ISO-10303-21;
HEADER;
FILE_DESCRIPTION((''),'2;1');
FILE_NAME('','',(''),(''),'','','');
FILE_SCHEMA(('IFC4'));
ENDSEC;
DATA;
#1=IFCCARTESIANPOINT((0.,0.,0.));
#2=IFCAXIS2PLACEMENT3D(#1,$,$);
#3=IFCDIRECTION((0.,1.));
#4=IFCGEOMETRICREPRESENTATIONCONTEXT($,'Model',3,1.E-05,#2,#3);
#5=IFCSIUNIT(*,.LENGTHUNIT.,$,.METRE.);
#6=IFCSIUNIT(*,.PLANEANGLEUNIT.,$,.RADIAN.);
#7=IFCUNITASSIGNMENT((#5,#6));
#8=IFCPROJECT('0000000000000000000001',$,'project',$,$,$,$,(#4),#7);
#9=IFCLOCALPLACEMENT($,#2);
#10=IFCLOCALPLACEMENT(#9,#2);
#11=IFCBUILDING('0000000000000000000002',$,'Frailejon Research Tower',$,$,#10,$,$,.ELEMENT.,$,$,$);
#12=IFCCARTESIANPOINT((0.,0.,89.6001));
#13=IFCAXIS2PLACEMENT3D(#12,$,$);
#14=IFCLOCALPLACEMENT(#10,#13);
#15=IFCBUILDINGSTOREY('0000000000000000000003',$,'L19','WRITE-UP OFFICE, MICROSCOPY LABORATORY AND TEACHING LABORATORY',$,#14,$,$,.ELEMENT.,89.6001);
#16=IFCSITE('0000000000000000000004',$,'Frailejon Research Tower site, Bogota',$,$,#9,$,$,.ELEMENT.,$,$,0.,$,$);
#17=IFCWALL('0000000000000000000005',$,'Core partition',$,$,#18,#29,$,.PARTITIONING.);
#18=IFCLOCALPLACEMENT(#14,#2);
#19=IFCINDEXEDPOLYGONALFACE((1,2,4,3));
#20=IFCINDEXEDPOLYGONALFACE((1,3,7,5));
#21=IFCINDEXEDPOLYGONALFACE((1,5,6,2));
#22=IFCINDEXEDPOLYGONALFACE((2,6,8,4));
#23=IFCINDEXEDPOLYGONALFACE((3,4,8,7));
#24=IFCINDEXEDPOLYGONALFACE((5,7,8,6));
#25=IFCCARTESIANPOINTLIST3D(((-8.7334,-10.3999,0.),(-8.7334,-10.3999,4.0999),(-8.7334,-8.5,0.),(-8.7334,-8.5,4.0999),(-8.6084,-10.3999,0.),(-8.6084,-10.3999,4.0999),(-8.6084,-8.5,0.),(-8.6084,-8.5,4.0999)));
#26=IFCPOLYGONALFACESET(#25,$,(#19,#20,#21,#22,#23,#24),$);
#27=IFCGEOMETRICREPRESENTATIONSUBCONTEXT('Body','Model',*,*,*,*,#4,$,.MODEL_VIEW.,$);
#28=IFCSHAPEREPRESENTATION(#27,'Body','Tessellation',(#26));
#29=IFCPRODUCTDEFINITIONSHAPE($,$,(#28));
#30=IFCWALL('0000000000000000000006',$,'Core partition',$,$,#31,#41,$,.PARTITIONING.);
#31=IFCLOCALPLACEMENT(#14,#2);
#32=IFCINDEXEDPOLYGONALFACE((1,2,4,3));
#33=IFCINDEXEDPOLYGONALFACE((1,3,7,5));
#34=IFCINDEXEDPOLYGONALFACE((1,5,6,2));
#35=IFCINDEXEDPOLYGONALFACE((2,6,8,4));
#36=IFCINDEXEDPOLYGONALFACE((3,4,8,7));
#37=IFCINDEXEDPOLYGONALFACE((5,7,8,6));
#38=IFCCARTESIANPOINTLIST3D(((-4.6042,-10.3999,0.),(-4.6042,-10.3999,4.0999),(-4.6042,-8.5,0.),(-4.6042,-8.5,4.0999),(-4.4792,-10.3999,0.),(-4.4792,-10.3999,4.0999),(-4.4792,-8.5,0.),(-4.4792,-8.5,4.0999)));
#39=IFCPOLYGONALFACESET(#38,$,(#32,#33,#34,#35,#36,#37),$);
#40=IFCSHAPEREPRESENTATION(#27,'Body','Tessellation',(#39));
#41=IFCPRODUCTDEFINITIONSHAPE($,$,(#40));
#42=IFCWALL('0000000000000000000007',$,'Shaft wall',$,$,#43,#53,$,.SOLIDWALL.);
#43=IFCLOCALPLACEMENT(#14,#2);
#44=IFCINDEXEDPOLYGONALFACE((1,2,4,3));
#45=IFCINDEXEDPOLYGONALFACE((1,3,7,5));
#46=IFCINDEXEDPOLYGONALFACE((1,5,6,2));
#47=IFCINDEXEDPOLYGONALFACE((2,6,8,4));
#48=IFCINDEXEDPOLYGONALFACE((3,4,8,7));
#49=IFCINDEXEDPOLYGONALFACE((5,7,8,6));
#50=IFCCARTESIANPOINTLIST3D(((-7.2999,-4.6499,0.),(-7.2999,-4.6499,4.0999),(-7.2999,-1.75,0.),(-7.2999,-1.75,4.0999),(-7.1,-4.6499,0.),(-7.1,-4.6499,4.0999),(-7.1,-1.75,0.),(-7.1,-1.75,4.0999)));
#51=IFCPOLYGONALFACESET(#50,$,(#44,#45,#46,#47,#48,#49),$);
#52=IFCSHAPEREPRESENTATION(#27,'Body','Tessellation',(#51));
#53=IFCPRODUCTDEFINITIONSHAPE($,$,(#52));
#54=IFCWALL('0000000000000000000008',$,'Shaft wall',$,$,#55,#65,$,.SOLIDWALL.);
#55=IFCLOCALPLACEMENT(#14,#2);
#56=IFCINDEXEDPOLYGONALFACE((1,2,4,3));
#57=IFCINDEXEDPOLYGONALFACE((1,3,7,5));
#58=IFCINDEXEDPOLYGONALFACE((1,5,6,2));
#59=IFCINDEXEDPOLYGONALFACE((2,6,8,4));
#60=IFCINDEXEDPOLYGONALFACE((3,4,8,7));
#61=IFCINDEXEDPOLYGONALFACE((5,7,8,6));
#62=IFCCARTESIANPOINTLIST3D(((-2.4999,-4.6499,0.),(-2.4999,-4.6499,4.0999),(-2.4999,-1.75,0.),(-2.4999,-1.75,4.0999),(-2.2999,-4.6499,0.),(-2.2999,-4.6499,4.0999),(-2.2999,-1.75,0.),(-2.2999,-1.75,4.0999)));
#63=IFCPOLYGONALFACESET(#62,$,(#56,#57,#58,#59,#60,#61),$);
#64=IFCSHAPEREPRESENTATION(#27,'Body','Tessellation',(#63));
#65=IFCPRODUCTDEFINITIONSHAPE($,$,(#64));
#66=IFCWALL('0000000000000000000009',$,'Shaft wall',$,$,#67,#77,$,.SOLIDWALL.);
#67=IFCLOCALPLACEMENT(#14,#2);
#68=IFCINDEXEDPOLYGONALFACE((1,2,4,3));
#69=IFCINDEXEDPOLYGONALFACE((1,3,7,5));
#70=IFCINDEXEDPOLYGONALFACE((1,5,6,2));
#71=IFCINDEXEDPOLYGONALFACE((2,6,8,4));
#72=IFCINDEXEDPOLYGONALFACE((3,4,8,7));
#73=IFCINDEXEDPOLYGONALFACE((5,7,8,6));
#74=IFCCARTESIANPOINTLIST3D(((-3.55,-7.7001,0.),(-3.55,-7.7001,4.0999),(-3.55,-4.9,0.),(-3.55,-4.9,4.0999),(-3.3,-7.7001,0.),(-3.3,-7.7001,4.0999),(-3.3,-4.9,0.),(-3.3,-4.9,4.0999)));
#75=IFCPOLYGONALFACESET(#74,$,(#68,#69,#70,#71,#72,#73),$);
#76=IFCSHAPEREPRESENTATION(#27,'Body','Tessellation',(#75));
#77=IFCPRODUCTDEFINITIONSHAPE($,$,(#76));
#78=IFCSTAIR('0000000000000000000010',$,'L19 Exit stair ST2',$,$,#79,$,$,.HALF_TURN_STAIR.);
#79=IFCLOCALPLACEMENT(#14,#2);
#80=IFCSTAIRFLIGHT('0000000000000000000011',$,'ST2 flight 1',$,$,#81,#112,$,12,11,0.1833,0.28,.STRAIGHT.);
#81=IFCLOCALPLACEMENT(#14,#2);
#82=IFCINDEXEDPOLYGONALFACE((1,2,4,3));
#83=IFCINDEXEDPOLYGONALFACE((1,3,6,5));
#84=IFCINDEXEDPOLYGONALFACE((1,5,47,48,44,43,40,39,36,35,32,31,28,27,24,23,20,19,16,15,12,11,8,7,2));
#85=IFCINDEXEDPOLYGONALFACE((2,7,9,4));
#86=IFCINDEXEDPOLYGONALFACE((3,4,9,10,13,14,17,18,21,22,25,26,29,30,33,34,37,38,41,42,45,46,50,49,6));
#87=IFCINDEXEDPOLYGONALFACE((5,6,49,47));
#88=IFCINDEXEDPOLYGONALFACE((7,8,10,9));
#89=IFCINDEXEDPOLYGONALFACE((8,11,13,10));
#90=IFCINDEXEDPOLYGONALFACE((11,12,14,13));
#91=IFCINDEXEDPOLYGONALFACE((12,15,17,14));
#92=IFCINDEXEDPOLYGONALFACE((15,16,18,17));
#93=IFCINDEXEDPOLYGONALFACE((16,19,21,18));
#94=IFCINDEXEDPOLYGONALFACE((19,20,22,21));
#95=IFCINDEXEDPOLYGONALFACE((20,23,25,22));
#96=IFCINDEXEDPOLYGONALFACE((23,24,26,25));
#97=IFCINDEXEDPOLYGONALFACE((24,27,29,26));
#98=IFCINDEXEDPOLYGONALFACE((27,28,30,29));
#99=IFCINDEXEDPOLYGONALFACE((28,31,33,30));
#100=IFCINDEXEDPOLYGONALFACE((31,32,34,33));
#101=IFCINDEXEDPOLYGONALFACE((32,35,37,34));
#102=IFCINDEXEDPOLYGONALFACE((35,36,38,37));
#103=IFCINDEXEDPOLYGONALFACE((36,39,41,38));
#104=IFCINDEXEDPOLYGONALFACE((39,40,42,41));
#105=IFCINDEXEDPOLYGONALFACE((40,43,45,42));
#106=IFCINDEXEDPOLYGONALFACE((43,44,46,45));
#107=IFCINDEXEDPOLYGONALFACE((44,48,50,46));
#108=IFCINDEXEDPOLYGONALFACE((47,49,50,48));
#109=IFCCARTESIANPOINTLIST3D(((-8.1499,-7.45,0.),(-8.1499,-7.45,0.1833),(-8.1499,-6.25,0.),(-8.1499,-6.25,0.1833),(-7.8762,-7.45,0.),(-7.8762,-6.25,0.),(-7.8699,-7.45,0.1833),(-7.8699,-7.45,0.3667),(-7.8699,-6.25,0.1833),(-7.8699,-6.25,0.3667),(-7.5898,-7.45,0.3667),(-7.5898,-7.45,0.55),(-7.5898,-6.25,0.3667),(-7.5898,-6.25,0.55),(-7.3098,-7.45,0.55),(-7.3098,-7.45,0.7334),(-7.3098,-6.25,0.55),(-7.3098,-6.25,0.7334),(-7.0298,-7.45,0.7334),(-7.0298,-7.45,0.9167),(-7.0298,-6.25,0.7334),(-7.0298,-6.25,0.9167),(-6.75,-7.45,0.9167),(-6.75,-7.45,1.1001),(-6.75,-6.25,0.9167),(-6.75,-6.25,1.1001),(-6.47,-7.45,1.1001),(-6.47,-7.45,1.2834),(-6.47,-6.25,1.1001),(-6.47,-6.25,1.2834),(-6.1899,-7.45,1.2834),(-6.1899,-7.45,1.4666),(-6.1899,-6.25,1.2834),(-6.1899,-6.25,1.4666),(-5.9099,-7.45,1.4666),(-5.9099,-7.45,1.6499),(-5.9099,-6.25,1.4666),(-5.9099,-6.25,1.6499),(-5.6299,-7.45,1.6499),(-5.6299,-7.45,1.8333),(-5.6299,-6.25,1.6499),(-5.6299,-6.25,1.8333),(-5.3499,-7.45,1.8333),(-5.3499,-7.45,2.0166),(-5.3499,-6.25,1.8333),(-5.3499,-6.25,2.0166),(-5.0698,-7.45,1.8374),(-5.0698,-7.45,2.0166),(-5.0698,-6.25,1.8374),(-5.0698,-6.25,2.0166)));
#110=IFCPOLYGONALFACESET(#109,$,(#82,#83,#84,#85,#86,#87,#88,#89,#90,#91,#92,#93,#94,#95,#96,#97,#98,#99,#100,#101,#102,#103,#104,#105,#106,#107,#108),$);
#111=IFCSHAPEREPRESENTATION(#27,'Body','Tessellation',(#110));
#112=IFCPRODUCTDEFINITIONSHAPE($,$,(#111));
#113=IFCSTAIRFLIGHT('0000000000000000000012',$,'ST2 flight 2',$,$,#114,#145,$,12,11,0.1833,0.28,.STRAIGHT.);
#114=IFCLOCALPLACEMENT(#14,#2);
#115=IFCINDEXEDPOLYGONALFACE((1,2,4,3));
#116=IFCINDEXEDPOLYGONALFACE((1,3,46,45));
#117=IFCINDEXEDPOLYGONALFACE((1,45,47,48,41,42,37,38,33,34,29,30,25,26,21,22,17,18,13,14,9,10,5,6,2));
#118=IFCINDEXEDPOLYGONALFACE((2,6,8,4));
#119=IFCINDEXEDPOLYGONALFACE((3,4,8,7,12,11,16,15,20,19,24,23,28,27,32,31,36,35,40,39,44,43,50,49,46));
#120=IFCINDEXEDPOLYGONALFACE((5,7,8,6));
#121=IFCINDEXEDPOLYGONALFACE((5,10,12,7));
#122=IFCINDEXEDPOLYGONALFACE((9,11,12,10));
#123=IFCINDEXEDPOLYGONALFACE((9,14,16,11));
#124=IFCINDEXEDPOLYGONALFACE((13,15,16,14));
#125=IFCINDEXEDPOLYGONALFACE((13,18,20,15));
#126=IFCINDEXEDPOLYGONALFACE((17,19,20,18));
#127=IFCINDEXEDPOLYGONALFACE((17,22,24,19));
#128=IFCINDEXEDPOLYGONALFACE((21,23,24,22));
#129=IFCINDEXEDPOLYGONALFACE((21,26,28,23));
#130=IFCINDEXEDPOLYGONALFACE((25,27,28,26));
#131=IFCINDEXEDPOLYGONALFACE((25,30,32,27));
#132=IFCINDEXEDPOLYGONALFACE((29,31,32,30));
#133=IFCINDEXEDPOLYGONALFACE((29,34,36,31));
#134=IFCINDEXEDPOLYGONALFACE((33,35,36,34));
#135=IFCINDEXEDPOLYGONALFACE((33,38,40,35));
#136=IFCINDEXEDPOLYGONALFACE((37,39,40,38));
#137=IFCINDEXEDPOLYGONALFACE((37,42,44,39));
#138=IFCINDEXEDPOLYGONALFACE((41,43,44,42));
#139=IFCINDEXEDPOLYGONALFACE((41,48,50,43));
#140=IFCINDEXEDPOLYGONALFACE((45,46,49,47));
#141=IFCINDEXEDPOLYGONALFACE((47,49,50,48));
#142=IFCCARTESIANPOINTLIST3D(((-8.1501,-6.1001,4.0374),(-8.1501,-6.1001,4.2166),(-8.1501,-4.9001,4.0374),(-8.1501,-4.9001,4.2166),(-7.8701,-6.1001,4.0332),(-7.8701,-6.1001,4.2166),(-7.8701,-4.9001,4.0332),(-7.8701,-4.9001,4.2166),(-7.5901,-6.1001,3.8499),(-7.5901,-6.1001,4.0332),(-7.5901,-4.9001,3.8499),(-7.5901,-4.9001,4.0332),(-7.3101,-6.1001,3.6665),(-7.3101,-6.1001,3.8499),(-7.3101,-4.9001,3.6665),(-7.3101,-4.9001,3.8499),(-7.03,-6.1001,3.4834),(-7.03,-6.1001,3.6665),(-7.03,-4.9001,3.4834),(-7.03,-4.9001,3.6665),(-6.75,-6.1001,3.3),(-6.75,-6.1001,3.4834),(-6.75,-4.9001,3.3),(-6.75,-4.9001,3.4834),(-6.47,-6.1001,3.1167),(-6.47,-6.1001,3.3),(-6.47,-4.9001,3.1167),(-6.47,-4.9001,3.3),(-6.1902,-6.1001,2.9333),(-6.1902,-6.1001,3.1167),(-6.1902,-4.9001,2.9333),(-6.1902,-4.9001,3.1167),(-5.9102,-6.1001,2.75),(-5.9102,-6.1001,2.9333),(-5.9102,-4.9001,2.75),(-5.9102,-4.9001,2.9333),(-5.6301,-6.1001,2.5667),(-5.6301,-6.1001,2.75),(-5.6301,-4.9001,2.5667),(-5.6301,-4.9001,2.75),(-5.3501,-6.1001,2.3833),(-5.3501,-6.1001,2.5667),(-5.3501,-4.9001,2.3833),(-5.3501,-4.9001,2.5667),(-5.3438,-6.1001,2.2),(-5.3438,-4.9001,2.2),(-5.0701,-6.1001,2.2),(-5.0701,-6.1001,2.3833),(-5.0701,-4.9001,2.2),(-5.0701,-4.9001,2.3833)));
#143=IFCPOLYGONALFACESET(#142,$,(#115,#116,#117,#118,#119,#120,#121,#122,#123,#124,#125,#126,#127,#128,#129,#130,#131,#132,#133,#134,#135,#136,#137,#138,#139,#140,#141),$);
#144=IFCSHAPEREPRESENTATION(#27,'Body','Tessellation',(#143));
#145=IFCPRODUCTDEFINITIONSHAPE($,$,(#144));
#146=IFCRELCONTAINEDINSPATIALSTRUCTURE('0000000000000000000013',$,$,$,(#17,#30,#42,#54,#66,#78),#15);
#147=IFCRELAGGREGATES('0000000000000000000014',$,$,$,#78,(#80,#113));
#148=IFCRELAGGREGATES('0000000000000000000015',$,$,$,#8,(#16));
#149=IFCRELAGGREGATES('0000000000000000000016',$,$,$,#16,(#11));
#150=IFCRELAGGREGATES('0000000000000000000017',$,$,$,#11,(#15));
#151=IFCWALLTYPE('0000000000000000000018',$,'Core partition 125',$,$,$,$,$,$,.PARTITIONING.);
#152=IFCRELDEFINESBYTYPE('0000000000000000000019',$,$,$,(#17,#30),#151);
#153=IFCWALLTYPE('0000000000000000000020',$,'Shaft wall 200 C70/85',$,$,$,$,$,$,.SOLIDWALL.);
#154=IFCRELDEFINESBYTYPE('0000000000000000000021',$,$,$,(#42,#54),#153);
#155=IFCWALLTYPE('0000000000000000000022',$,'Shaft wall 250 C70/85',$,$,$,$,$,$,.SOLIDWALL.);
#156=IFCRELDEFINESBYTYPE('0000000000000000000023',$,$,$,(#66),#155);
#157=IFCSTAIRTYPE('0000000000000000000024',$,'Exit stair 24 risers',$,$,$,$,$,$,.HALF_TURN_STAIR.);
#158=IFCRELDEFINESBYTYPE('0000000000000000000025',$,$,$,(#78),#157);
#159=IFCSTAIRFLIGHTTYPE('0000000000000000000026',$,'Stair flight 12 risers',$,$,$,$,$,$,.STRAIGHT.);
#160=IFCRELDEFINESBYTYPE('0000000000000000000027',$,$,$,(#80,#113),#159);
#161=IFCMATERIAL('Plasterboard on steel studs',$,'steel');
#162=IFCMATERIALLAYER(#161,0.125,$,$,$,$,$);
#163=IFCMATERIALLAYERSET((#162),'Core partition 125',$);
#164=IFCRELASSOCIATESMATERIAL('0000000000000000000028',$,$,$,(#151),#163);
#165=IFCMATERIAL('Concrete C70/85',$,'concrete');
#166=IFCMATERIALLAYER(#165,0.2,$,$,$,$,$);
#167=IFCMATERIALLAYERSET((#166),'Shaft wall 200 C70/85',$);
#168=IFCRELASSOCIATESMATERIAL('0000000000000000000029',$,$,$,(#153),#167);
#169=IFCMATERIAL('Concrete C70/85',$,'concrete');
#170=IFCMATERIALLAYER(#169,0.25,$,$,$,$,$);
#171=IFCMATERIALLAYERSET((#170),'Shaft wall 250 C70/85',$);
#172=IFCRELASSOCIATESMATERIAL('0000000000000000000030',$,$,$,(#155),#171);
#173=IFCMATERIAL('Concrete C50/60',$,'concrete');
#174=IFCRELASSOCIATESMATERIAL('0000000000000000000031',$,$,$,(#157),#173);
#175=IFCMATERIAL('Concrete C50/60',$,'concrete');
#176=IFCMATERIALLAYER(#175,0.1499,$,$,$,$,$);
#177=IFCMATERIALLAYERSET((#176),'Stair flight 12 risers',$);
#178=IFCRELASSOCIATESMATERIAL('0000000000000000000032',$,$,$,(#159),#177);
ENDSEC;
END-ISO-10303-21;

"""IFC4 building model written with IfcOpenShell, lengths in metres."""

from ifc_helpers import new_model, si_unit, direction, frame, frame_2d, origin, place, context, subcontext, project, spatial, polyline, rectangle, outline, extrude, material, layer, layer_set, type_object, element, aggregate, save


model = new_model("IFC4")

# Units and contexts
model_context = context("Model", 3, precision=1e-05, world=origin(), true_north=direction((0.0, 1.0)))
body_context = subcontext(model_context, "Body", "Model", "MODEL_VIEW")
ifc_project = project(units=[si_unit("LENGTHUNIT", "METRE"), si_unit("PLANEANGLEUNIT", "RADIAN")], contexts=[model_context])

# Site, building, storey
site_placement = place(None, origin())
site = spatial("IfcSite", under=ifc_project, at=site_placement, Name="Frailejon Research Tower site, Bogota", CompositionType="ELEMENT", RefElevation=0.0)
building_placement = place(site_placement, origin())
building = spatial("IfcBuilding", under=site, at=building_placement, Name="Frailejon Research Tower", CompositionType="ELEMENT")
storey_placement = place(building_placement, frame((0.0, 0.0, 89.6001)))
storey = spatial("IfcBuildingStorey", under=building, at=storey_placement, Name="L19", Description="WRITE-UP OFFICE, MICROSCOPY LABORATORY AND TEACHING LABORATORY", CompositionType="ELEMENT", Elevation=89.6001)

# Walls
ifc_material_1 = material(Name="Plasterboard on steel studs", Category="steel")
ifc_layer_1 = layer(ifc_material_1, 0.125)
ifc_layer_set_1 = layer_set([ifc_layer_1], Name="Core partition 125")
wall_type_1 = type_object("IfcWallType", Name="Core partition 125", PredefinedType="PARTITIONING", material=ifc_layer_set_1)
for number, where, z_axis, x_axis, name in (
    (1, (-8.6709, -10.3999, 0.0), (0.0, 0.0, 1.0), (0.0, 1.0, 0.0), "Core partition"),
    (2, (-4.5417, -10.3999, 0.0), (0.0, 0.0, 1.0), (0.0, 1.0, 0.0), "Core partition"),
):
    element("IfcWall", number, at=place(storey_placement, frame(where, z_axis=z_axis, x_axis=x_axis)), inside=storey, type_object=wall_type_1, Name=name, PredefinedType="PARTITIONING", context=body_context, shape_type="SweptSolid", body=[
        extrude(rectangle(XDim=1.8999, YDim=0.125, at=frame_2d((0.95, 0.0))), origin(), (0.0, 0.0, 1.0), 4.0999),
    ])
ifc_material_2 = material(Name="Concrete C70/85", Category="concrete")
ifc_layer_2 = layer(ifc_material_2, 0.2)
ifc_layer_set_2 = layer_set([ifc_layer_2], Name="Shaft wall 200 C70/85")
wall_type_2 = type_object("IfcWallType", Name="Shaft wall 200 C70/85", PredefinedType="SOLIDWALL", material=ifc_layer_set_2)
for number, where, z_axis, x_axis, name in (
    (3, (-7.2, -4.6499, 0.0), (0.0, 0.0, 1.0), (0.0, 1.0, 0.0), "Shaft wall"),
    (4, (-2.3999, -4.6499, 0.0), (0.0, 0.0, 1.0), (0.0, 1.0, 0.0), "Shaft wall"),
):
    element("IfcWall", number, at=place(storey_placement, frame(where, z_axis=z_axis, x_axis=x_axis)), inside=storey, type_object=wall_type_2, Name=name, PredefinedType="SOLIDWALL", context=body_context, shape_type="SweptSolid", body=[
        extrude(rectangle(XDim=2.8999, YDim=0.2, at=frame_2d((1.45, 0.0))), origin(), (0.0, 0.0, 1.0), 4.0999),
    ])
ifc_material_3 = material(Name="Concrete C70/85", Category="concrete")
ifc_layer_3 = layer(ifc_material_3, 0.25)
ifc_layer_set_3 = layer_set([ifc_layer_3], Name="Shaft wall 250 C70/85")
wall_type_3 = type_object("IfcWallType", Name="Shaft wall 250 C70/85", PredefinedType="SOLIDWALL", material=ifc_layer_set_3)
wall_placement = place(storey_placement, frame((-3.425, -7.7, 0.0), z_axis=(0.0, 0.0, 1.0), x_axis=(0.0, 1.0, 0.0)))
element("IfcWall", 5, at=wall_placement, inside=storey, type_object=wall_type_3, Name="Shaft wall", PredefinedType="SOLIDWALL", context=body_context, shape_type="SweptSolid", body=[
    extrude(rectangle(XDim=2.8, YDim=0.25, at=frame_2d((1.3999, 0.0))), origin(), (0.0, 0.0, 1.0), 4.0999),
])

# Stair, stair flights
ifc_material_4 = material(Name="Concrete C50/60", Category="concrete")
stair_type = type_object("IfcStairType", Name="Exit stair 24 risers", PredefinedType="HALF_TURN_STAIR", material=ifc_material_4)
stair_placement = place(storey_placement, origin())
stair = element("IfcStair", 6, at=stair_placement, inside=storey, type_object=stair_type, Name="L19 Exit stair ST2", PredefinedType="HALF_TURN_STAIR")
ifc_material_5 = material(Name="Concrete C50/60", Category="concrete")
ifc_layer_4 = layer(ifc_material_5, 0.1499)
ifc_layer_set_4 = layer_set([ifc_layer_4], Name="Stair flight 12 risers")
stair_flight_type = type_object("IfcStairFlightType", Name="Stair flight 12 risers", PredefinedType="STRAIGHT", material=ifc_layer_set_4)
stair_flight_1_placement = place(storey_placement, frame((-8.1499, -6.8501, 0.0), z_axis=(0.0, 0.0, 1.0), x_axis=(1.0, 0.0, 0.0)))
stair_flight_1 = element("IfcStairFlight", 7, at=stair_flight_1_placement, type_object=stair_flight_type, Name="ST2 flight 1", NumberOfRisers=12, NumberOfTreads=11, PredefinedType="STRAIGHT", RiserHeight=0.1833, TreadLength=0.28, context=body_context, shape_type="SweptSolid", body=[
    extrude(outline(polyline([(0.0, 0.0), (0.0, 0.1833), (0.28, 0.1833), (0.28, 0.3667), (0.5601, 0.3667), (0.5601, 0.55), (0.8401, 0.55), (0.8401, 0.7334), (1.1201, 0.7334), (1.1201, 0.9167), (1.3999, 0.9167), (1.3999, 1.1001), (1.6799, 1.1001), (1.6799, 1.2834), (1.96, 1.2834), (1.96, 1.4666), (2.24, 1.4666), (2.24, 1.6499), (2.52, 1.6499), (2.52, 1.8333), (2.8, 1.8333), (2.8, 2.0166), (3.0801, 2.0166), (3.0801, 2.2), (3.0801, 1.8374), (0.2737, 0.0), (0.0, 0.0)])), frame((0.0, 0.6001, 0.0), z_axis=(0.0, -1.0, 0.0), x_axis=(1.0, 0.0, 0.0)), (0.0, 0.0, 1.0), 1.2),
])
stair_flight_2_placement = place(storey_placement, frame((-5.0701, -5.5, 2.2), z_axis=(0.0, 0.0, 1.0), x_axis=(-1.0, 0.0, 0.0)))
stair_flight_2 = element("IfcStairFlight", 8, at=stair_flight_2_placement, type_object=stair_flight_type, Name="ST2 flight 2", NumberOfRisers=12, NumberOfTreads=11, PredefinedType="STRAIGHT", RiserHeight=0.1833, TreadLength=0.28, context=body_context, shape_type="SweptSolid", body=[
    extrude(outline(polyline([(0.0, 0.0), (0.0, 0.1833), (0.28, 0.1833), (0.28, 0.3667), (0.5601, 0.3667), (0.5601, 0.55), (0.8401, 0.55), (0.8401, 0.7334), (1.1201, 0.7334), (1.1201, 0.9167), (1.3999, 0.9167), (1.3999, 1.1001), (1.6799, 1.1001), (1.6799, 1.2834), (1.96, 1.2834), (1.96, 1.4666), (2.24, 1.4666), (2.24, 1.6499), (2.52, 1.6499), (2.52, 1.8333), (2.8, 1.8333), (2.8, 2.0166), (3.0801, 2.0166), (3.0801, 2.2), (3.0801, 1.8374), (0.2737, 0.0), (0.0, 0.0)])), frame((0.0, 0.6001, 0.0), z_axis=(0.0, -1.0, 0.0), x_axis=(1.0, 0.0, 0.0)), (0.0, 0.0, 1.0), 1.2),
])
aggregate(stair, [stair_flight_1, stair_flight_2])

save(model, "model.ifc")
